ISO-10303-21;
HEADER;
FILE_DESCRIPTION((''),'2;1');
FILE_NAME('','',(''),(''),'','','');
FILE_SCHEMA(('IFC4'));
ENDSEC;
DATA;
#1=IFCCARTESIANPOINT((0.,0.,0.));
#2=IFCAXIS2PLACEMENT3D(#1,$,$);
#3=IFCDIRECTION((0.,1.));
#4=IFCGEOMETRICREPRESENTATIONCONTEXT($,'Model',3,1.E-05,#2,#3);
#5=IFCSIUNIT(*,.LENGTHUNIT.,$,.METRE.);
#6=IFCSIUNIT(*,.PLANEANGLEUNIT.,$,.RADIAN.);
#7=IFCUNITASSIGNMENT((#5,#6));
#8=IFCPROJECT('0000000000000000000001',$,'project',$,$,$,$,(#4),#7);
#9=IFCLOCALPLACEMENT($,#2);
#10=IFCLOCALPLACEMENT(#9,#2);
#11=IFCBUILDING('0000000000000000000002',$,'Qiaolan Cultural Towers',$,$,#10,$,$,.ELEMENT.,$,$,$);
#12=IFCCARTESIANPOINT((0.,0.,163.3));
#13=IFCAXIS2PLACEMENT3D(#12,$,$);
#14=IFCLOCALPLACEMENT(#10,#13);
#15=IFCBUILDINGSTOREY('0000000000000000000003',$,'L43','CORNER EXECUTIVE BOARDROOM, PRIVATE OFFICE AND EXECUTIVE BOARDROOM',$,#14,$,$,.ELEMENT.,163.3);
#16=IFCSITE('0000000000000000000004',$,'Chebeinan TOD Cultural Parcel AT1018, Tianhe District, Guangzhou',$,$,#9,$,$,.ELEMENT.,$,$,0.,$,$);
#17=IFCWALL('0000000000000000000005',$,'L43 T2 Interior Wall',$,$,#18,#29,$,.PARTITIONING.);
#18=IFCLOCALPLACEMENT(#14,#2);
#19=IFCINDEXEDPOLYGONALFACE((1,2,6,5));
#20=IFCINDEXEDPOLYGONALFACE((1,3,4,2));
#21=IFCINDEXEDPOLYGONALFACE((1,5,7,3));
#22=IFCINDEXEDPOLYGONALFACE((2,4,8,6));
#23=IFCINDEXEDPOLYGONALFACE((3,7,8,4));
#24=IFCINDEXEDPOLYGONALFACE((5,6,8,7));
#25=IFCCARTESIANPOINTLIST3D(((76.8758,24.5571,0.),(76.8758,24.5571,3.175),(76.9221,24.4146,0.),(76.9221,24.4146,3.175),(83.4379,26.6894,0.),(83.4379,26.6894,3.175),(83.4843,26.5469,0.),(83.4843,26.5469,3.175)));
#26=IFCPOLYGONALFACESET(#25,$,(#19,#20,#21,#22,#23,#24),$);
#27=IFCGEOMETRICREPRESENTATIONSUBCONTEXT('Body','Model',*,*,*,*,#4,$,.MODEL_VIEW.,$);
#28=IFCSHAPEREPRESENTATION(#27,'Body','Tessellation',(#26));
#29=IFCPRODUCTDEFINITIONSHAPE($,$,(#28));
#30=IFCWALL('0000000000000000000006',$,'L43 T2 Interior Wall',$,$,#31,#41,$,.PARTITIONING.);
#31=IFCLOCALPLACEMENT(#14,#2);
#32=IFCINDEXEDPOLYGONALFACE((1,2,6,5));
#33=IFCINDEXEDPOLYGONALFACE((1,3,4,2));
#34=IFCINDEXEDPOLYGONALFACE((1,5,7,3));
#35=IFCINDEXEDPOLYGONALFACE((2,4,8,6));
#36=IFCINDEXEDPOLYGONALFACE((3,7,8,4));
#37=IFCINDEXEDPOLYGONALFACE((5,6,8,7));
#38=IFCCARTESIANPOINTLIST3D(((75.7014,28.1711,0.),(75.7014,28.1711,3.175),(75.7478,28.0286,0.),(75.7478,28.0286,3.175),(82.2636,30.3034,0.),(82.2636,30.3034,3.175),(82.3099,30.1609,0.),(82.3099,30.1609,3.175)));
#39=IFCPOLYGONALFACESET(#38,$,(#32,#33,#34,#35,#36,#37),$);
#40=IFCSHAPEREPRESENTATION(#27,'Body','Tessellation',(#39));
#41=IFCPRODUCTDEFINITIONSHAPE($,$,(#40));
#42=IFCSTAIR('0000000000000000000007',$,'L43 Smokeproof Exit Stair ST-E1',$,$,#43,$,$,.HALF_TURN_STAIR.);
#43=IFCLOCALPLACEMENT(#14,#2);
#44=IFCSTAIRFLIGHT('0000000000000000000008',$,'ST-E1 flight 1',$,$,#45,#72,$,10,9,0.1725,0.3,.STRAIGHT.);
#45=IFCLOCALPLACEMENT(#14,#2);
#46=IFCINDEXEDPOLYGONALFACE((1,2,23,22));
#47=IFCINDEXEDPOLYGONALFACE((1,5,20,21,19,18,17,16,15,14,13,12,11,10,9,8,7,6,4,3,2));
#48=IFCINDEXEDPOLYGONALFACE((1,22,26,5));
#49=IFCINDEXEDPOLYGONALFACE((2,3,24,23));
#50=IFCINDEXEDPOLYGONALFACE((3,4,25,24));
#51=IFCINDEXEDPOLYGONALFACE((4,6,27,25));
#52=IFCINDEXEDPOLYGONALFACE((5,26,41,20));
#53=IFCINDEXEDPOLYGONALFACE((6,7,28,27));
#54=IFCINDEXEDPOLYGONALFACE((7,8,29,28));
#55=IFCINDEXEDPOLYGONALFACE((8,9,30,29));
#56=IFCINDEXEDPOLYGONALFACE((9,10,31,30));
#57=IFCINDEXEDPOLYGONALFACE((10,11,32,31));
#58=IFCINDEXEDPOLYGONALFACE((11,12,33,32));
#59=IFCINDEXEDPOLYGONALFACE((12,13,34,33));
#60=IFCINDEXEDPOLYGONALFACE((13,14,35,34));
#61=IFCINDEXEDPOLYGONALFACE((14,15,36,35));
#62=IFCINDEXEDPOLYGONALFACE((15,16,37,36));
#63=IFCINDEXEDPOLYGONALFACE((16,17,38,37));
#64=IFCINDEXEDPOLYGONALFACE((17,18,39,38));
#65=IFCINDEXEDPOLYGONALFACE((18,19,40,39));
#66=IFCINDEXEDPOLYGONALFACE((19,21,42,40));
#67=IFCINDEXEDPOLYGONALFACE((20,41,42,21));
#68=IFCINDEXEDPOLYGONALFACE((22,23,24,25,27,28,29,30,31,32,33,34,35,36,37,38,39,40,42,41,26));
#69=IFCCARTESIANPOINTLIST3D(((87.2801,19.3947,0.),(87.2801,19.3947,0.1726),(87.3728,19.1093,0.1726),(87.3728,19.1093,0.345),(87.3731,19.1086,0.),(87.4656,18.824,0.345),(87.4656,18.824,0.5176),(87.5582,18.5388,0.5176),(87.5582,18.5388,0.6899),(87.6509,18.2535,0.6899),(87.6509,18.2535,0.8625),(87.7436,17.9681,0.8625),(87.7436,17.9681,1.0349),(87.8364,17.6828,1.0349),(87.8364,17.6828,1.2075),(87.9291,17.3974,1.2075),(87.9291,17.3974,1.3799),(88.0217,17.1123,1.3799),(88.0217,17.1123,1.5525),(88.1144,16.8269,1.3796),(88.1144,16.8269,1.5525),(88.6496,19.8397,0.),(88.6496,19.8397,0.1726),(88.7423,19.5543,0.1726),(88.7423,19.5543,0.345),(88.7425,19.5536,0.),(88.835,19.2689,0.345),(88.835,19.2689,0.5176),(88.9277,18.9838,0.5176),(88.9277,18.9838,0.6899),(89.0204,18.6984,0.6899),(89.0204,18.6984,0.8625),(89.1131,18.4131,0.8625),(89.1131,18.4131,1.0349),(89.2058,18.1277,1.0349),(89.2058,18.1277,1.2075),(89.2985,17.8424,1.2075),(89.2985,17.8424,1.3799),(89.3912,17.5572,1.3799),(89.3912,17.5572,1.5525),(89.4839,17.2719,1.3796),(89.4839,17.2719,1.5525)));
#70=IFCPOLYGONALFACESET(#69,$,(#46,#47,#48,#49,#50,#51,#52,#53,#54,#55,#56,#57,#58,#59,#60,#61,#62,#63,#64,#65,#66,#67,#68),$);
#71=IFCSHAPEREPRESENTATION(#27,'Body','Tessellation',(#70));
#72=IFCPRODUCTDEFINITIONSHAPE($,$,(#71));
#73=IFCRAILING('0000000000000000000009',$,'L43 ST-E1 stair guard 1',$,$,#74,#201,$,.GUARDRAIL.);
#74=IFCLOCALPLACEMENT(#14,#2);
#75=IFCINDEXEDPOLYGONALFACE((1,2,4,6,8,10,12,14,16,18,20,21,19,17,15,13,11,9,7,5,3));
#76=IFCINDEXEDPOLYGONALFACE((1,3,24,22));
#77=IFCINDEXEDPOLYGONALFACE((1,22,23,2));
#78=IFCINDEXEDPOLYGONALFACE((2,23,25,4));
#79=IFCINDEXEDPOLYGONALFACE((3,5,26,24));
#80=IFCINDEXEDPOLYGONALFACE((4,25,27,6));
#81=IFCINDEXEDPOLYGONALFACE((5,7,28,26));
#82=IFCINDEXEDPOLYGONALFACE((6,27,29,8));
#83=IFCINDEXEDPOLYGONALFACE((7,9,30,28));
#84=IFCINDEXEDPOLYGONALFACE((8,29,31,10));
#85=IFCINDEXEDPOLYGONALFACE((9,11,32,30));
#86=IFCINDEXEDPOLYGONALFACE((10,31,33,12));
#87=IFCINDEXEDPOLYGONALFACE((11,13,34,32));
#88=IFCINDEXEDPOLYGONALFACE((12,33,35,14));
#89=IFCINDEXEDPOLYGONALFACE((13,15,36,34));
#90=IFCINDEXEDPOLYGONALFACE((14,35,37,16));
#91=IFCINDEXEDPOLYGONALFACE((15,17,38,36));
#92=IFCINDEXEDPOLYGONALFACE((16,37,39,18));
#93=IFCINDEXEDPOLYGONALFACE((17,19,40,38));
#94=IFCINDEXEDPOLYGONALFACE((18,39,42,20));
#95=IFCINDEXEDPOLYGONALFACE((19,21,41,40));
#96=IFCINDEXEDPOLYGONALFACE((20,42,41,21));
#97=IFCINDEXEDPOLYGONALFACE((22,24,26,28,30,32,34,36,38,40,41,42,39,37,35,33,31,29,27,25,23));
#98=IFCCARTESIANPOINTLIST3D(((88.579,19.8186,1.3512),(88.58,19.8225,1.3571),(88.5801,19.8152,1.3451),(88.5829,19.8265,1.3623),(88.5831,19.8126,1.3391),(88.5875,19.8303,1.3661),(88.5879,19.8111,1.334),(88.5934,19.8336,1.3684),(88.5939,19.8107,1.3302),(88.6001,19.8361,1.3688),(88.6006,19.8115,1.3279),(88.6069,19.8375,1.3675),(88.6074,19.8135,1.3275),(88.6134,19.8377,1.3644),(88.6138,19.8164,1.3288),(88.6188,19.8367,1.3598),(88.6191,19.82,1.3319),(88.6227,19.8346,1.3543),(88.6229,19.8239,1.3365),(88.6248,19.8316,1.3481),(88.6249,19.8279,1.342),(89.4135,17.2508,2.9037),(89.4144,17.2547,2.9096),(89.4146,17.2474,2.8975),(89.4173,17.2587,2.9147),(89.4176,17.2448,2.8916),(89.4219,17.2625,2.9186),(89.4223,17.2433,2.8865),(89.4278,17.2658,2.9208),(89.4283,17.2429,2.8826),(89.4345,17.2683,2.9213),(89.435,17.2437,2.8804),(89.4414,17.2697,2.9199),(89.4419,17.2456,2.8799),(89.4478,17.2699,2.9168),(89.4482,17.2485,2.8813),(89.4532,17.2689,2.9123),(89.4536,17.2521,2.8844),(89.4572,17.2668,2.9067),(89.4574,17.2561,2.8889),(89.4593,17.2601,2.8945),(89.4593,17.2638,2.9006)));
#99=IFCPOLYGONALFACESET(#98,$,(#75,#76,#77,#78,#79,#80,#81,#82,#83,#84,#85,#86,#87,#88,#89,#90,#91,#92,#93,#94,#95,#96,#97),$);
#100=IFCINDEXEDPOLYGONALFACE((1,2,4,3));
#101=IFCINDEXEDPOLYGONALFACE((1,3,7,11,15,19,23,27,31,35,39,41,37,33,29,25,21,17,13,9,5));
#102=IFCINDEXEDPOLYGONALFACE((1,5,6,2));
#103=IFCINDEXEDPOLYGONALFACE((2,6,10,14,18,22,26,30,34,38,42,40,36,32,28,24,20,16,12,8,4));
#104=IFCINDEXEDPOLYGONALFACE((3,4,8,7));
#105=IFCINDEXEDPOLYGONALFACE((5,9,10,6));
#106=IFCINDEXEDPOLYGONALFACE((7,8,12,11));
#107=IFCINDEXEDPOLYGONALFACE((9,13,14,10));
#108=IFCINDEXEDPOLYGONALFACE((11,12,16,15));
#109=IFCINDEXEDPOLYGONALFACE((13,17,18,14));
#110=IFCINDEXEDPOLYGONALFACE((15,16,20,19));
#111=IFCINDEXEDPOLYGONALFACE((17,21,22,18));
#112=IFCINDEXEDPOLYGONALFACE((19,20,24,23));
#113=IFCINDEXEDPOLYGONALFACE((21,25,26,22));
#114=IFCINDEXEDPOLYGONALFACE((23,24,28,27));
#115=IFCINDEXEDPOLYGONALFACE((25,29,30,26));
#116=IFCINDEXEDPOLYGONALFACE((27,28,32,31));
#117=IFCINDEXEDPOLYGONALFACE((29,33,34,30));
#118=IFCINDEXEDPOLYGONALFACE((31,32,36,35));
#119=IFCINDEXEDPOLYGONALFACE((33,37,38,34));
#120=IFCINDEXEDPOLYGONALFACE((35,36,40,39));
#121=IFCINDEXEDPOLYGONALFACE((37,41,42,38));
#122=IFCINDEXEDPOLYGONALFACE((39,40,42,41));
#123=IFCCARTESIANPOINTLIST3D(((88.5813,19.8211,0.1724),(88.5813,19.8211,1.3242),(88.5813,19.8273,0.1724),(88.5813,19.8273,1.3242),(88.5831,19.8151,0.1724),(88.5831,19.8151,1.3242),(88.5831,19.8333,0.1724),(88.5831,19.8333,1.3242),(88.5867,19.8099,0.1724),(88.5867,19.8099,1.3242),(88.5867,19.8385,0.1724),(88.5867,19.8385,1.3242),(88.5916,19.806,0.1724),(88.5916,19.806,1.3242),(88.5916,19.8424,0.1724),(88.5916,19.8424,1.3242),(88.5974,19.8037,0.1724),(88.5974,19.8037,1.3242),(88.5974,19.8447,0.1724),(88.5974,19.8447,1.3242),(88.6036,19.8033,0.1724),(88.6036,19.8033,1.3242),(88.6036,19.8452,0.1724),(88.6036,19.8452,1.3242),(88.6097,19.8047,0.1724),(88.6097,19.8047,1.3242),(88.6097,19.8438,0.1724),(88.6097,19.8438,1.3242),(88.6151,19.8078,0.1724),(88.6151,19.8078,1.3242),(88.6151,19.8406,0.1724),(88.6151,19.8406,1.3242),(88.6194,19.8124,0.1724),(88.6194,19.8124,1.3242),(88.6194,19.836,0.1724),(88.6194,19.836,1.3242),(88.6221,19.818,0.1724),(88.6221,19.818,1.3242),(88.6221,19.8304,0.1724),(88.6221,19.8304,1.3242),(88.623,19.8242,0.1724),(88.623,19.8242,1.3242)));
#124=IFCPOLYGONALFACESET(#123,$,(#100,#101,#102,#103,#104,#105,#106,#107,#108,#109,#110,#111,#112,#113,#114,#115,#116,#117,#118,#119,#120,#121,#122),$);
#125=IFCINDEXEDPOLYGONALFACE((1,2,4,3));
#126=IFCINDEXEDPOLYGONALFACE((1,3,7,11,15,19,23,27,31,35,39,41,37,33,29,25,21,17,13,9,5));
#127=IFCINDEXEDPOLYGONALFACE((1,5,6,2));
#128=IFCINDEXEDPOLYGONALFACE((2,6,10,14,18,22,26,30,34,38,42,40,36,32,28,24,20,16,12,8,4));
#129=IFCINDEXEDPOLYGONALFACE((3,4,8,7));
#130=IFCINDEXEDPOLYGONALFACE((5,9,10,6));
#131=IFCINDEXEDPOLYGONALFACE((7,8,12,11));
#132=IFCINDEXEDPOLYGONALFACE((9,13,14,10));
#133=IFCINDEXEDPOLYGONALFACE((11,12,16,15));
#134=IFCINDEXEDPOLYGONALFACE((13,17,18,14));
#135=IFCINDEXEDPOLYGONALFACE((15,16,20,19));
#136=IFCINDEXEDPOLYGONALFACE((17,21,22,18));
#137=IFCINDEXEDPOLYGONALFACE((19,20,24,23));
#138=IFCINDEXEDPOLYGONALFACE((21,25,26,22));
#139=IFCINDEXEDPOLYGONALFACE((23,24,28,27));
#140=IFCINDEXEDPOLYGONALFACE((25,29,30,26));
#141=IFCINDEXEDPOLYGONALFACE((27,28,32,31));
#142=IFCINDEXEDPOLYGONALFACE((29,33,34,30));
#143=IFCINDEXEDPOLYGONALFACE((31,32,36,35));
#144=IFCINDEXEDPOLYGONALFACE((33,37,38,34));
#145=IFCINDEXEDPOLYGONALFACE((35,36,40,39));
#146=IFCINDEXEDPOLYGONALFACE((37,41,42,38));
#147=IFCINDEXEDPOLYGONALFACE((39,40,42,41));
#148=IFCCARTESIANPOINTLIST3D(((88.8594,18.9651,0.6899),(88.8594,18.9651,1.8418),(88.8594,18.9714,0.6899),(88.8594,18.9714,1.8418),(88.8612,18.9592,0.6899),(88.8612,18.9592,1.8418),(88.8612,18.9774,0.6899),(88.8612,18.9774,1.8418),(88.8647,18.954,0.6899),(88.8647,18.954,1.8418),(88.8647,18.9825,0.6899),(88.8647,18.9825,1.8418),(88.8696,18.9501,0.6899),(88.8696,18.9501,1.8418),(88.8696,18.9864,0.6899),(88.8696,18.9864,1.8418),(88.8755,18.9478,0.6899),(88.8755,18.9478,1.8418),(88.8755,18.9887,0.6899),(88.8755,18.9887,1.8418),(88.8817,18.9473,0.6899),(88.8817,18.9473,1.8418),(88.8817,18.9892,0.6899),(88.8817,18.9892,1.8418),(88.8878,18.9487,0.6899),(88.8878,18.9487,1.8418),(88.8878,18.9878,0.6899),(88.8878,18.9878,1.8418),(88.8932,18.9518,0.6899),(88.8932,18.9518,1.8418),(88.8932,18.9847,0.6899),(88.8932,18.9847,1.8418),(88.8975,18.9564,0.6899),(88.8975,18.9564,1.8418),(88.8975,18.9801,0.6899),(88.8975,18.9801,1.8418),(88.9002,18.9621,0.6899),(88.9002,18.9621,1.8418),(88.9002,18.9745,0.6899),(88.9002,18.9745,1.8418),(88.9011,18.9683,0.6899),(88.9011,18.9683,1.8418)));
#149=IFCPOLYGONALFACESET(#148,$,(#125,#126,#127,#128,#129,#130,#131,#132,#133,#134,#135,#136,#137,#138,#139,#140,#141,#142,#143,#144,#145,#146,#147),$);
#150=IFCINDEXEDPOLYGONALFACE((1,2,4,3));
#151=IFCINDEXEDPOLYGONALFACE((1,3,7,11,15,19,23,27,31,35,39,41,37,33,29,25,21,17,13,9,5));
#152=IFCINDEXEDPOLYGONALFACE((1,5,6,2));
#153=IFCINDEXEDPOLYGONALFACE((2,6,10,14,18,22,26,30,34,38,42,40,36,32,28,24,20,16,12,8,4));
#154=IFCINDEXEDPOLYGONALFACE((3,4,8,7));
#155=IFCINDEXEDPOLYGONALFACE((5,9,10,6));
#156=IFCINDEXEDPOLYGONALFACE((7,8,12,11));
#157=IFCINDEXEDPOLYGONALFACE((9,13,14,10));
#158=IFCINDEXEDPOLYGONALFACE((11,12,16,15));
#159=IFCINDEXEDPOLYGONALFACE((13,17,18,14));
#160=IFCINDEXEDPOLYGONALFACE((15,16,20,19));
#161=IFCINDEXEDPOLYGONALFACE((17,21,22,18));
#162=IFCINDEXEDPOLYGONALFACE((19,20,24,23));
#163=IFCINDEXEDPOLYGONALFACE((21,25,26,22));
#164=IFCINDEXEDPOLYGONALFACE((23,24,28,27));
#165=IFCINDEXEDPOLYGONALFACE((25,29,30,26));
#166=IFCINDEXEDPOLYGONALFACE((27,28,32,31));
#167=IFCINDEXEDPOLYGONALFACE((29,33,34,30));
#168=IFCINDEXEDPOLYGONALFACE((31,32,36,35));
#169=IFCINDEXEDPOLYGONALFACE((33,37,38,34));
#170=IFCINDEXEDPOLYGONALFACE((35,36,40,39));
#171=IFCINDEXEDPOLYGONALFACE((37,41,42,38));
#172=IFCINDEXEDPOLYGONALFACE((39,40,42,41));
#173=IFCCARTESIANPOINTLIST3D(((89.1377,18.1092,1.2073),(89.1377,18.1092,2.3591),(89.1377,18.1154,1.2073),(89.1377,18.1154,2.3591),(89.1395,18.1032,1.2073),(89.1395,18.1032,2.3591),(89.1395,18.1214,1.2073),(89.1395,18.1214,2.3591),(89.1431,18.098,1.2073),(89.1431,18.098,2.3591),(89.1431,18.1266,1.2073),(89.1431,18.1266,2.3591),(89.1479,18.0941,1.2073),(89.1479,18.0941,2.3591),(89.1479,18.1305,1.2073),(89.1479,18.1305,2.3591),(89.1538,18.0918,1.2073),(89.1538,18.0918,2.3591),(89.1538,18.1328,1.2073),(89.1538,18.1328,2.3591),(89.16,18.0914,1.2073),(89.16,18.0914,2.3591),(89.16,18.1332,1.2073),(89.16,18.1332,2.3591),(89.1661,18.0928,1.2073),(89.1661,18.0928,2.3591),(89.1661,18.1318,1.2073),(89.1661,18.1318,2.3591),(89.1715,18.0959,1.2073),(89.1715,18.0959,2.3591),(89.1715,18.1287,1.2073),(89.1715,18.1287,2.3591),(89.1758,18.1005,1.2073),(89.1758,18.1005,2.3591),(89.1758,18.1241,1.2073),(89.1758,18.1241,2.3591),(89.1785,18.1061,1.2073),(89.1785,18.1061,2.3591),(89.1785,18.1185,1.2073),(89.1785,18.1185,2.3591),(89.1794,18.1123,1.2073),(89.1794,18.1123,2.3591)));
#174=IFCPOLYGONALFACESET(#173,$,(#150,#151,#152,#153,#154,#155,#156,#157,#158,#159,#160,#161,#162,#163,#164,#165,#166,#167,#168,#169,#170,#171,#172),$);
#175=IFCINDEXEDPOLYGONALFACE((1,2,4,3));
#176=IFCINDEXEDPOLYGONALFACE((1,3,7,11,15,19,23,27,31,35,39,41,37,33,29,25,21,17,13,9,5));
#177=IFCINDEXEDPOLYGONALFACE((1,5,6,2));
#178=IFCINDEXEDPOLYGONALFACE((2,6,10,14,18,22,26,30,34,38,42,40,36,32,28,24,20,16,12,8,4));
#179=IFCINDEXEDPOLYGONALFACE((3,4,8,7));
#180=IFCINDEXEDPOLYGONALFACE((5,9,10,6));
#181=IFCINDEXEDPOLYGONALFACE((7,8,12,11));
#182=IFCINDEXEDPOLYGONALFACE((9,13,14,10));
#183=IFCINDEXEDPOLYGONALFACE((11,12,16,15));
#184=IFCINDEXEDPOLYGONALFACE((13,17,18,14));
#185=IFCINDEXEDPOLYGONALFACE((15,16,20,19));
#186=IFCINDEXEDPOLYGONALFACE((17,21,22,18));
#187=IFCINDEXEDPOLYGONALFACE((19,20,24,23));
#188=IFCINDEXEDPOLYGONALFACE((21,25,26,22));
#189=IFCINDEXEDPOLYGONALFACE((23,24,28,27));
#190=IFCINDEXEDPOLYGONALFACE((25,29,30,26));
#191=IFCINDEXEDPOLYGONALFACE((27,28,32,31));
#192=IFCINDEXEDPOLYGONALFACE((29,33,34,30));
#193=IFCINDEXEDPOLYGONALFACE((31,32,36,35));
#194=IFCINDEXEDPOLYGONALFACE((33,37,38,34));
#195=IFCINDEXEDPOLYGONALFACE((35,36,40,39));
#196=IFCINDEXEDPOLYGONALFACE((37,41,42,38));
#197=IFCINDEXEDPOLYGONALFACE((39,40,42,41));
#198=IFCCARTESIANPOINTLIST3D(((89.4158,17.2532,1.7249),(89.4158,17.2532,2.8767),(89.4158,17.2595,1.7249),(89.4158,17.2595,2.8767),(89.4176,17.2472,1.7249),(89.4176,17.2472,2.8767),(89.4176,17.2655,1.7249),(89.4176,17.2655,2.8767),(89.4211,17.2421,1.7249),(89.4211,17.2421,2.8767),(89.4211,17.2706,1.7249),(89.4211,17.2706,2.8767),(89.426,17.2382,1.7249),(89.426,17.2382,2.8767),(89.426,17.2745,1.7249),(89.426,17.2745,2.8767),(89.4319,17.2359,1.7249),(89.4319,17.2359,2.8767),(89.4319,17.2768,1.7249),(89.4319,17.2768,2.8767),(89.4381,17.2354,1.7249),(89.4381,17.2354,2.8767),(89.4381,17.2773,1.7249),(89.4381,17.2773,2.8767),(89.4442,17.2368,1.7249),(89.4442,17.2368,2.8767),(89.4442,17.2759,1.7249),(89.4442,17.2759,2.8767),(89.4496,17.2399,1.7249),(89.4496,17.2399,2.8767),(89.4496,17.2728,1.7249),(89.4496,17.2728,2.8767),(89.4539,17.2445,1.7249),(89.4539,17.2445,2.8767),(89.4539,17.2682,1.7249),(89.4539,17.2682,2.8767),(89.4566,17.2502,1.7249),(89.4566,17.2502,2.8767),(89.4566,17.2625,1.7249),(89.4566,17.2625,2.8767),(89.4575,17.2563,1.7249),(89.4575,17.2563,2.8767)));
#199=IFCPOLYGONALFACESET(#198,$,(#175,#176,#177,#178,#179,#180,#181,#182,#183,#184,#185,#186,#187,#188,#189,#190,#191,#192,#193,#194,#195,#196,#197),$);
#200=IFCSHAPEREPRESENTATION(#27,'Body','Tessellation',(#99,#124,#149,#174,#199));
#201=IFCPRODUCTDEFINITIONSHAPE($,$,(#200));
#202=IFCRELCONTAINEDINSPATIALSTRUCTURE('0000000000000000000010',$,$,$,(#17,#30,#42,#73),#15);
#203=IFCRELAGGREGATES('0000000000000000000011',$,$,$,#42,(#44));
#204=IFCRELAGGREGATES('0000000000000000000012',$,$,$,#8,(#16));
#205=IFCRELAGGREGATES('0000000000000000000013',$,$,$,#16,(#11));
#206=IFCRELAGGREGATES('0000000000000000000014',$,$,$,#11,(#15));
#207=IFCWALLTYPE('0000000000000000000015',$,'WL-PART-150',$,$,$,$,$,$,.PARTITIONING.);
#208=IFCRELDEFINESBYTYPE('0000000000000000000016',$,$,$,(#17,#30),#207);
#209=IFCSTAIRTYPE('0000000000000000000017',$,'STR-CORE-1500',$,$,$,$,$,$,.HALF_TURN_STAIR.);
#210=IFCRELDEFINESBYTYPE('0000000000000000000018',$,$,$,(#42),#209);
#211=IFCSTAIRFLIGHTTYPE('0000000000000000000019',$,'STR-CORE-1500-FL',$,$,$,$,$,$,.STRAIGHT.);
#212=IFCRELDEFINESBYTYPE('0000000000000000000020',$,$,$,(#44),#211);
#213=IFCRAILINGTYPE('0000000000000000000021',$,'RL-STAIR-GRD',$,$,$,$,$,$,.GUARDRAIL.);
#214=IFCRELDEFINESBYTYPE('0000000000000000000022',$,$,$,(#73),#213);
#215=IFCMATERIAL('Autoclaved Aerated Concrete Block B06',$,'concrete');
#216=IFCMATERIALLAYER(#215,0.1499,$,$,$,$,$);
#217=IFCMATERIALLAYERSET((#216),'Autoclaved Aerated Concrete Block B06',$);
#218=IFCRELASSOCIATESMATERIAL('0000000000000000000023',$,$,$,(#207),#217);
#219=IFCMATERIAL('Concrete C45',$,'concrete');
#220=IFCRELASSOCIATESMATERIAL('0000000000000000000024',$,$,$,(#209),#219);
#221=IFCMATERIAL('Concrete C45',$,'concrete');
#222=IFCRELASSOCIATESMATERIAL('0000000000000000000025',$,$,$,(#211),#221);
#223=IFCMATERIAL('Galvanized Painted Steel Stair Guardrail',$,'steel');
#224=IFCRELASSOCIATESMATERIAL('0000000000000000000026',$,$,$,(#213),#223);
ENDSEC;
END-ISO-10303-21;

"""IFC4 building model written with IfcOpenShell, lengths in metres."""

from ifc_helpers import new_model, si_unit, direction, frame, frame_2d, origin, origin_2d, place, context, subcontext, project, spatial, polyline, rectangle, circle, outline, extrude, material, layer, layer_set, type_object, element, aggregate, save


model = new_model("IFC4")

# Units and contexts
model_context = context("Model", 3, precision=1e-05, world=origin(), true_north=direction((0.0, 1.0)))
body_context = subcontext(model_context, "Body", "Model", "MODEL_VIEW")
ifc_project = project(units=[si_unit("LENGTHUNIT", "METRE"), si_unit("PLANEANGLEUNIT", "RADIAN")], contexts=[model_context])

# Site, building, storey
site_placement = place(None, origin())
site = spatial("IfcSite", under=ifc_project, at=site_placement, Name="Chebeinan TOD Cultural Parcel AT1018, Tianhe District, Guangzhou", CompositionType="ELEMENT", RefElevation=0.0)
building_placement = place(site_placement, origin())
building = spatial("IfcBuilding", under=site, at=building_placement, Name="Qiaolan Cultural Towers", CompositionType="ELEMENT")
storey_placement = place(building_placement, frame((0.0, 0.0, 163.3)))
storey = spatial("IfcBuildingStorey", under=building, at=storey_placement, Name="L43", Description="CORNER EXECUTIVE BOARDROOM, PRIVATE OFFICE AND EXECUTIVE BOARDROOM", CompositionType="ELEMENT", Elevation=163.3)

# Shared definitions
ifc_material_1 = material(Name="Autoclaved Aerated Concrete Block B06", Category="concrete")
ifc_layer_1 = layer(ifc_material_1, 0.1499)
ifc_layer_set_1 = layer_set([ifc_layer_1], Name="Autoclaved Aerated Concrete Block B06")
wall_type_1 = type_object("IfcWallType", Name="WL-PART-150", PredefinedType="PARTITIONING", material=ifc_layer_set_1)

# Walls
for number, where, z_axis, x_axis, name in (
    (1, (76.8989, 24.4858, 0.0), (0.0, 0.0, 1.0), (0.951051, 0.309032, 0.0), "L43 T2 Interior Wall"),
    (2, (75.7246, 28.0999, 0.0), (0.0, 0.0, 1.0), (0.951051, 0.309032, 0.0), "L43 T2 Interior Wall"),
):
    element("IfcWall", number, at=place(storey_placement, frame(where, z_axis=z_axis, x_axis=x_axis)), inside=storey, type_object=wall_type_1, Name=name, PredefinedType="PARTITIONING", context=body_context, shape_type="SweptSolid", body=[
        extrude(rectangle(XDim=6.8999, YDim=0.1499, at=frame_2d((3.45, 0.0))), origin(), (0.0, 0.0, 1.0), 3.175),
    ])

# Stair, stair flight
ifc_material_2 = material(Name="Concrete C45", Category="concrete")
stair_type = type_object("IfcStairType", Name="STR-CORE-1500", PredefinedType="HALF_TURN_STAIR", material=ifc_material_2)
stair_placement = place(storey_placement, origin())
stair = element("IfcStair", 3, at=stair_placement, inside=storey, type_object=stair_type, Name="L43 Smokeproof Exit Stair ST-E1", PredefinedType="HALF_TURN_STAIR")
ifc_material_3 = material(Name="Concrete C45", Category="concrete")
stair_flight_type = type_object("IfcStairFlightType", Name="STR-CORE-1500-FL", PredefinedType="STRAIGHT", material=ifc_material_3)
stair_flight_placement = place(storey_placement, frame((87.9648, 19.6172, 0.0), z_axis=(0.0, 0.0, 1.0), x_axis=(0.309017, -0.951057, 0.0)))
stair_flight = element("IfcStairFlight", 4, at=stair_flight_placement, type_object=stair_flight_type, Name="ST-E1 flight 1", NumberOfRisers=10, NumberOfTreads=9, PredefinedType="STRAIGHT", RiserHeight=0.1725, TreadLength=0.3, context=body_context, shape_type="SweptSolid", body=[
    extrude(outline(polyline([(0.0, 0.0), (0.0, 0.1726), (0.3, 0.1726), (0.3, 0.345), (0.6001, 0.345), (0.6001, 0.5176), (0.8999, 0.5176), (0.8999, 0.6899), (1.2, 0.6899), (1.2, 0.8625), (1.5, 0.8625), (1.5, 1.0349), (1.8, 1.0349), (1.8, 1.2075), (2.1001, 1.2075), (2.1001, 1.3799), (2.3999, 1.3799), (2.3999, 1.5525), (2.7, 1.5525), (2.7, 1.7251), (2.7, 1.3796), (0.3008, 0.0), (0.0, 0.0)])), frame((0.0, 0.72, 0.0), z_axis=(0.0, -1.0, 0.0), x_axis=(1.0, 0.0, 0.0)), (0.0, 0.0, 1.0), 1.4399),
])
aggregate(stair, [stair_flight])

# Railing
ifc_material_4 = material(Name="Galvanized Painted Steel Stair Guardrail", Category="steel")
railing_type_1 = type_object("IfcRailingType", Name="RL-STAIR-GRD", PredefinedType="GUARDRAIL", material=ifc_material_4)
railing_1_placement = place(storey_placement, frame((88.6021, 19.8242, 0.1724)))
element("IfcRailing", 5, at=railing_1_placement, inside=storey, type_object=railing_type_1, Name="L43 ST-E1 stair guard 1", PredefinedType="GUARDRAIL", context=body_context, shape_type="SweptSolid", body=[
    extrude(circle(Radius=0.0239, at=origin_2d()), frame((0.0, 0.0, 1.1758), z_axis=(0.267926, -0.824471, 0.498461), x_axis=(0.951043, 0.309057, 0.0)), (0.0, 0.0, 1.0), 3.1145),
    extrude(circle(Radius=0.021, at=origin_2d()), origin(), (0.0, 0.0, 1.0), 1.1519),
    extrude(circle(Radius=0.021, at=origin_2d()), frame((0.2781, -0.856, 0.5176)), (0.0, 0.0, 1.0), 1.1519),
    extrude(circle(Radius=0.021, at=origin_2d()), frame((0.5564, -1.7119, 1.0349)), (0.0, 0.0, 1.0), 1.1519),
    extrude(circle(Radius=0.021, at=origin_2d()), frame((0.8345, -2.5679, 1.5525)), (0.0, 0.0, 1.0), 1.1519),
])

save(model, "model.ifc")
